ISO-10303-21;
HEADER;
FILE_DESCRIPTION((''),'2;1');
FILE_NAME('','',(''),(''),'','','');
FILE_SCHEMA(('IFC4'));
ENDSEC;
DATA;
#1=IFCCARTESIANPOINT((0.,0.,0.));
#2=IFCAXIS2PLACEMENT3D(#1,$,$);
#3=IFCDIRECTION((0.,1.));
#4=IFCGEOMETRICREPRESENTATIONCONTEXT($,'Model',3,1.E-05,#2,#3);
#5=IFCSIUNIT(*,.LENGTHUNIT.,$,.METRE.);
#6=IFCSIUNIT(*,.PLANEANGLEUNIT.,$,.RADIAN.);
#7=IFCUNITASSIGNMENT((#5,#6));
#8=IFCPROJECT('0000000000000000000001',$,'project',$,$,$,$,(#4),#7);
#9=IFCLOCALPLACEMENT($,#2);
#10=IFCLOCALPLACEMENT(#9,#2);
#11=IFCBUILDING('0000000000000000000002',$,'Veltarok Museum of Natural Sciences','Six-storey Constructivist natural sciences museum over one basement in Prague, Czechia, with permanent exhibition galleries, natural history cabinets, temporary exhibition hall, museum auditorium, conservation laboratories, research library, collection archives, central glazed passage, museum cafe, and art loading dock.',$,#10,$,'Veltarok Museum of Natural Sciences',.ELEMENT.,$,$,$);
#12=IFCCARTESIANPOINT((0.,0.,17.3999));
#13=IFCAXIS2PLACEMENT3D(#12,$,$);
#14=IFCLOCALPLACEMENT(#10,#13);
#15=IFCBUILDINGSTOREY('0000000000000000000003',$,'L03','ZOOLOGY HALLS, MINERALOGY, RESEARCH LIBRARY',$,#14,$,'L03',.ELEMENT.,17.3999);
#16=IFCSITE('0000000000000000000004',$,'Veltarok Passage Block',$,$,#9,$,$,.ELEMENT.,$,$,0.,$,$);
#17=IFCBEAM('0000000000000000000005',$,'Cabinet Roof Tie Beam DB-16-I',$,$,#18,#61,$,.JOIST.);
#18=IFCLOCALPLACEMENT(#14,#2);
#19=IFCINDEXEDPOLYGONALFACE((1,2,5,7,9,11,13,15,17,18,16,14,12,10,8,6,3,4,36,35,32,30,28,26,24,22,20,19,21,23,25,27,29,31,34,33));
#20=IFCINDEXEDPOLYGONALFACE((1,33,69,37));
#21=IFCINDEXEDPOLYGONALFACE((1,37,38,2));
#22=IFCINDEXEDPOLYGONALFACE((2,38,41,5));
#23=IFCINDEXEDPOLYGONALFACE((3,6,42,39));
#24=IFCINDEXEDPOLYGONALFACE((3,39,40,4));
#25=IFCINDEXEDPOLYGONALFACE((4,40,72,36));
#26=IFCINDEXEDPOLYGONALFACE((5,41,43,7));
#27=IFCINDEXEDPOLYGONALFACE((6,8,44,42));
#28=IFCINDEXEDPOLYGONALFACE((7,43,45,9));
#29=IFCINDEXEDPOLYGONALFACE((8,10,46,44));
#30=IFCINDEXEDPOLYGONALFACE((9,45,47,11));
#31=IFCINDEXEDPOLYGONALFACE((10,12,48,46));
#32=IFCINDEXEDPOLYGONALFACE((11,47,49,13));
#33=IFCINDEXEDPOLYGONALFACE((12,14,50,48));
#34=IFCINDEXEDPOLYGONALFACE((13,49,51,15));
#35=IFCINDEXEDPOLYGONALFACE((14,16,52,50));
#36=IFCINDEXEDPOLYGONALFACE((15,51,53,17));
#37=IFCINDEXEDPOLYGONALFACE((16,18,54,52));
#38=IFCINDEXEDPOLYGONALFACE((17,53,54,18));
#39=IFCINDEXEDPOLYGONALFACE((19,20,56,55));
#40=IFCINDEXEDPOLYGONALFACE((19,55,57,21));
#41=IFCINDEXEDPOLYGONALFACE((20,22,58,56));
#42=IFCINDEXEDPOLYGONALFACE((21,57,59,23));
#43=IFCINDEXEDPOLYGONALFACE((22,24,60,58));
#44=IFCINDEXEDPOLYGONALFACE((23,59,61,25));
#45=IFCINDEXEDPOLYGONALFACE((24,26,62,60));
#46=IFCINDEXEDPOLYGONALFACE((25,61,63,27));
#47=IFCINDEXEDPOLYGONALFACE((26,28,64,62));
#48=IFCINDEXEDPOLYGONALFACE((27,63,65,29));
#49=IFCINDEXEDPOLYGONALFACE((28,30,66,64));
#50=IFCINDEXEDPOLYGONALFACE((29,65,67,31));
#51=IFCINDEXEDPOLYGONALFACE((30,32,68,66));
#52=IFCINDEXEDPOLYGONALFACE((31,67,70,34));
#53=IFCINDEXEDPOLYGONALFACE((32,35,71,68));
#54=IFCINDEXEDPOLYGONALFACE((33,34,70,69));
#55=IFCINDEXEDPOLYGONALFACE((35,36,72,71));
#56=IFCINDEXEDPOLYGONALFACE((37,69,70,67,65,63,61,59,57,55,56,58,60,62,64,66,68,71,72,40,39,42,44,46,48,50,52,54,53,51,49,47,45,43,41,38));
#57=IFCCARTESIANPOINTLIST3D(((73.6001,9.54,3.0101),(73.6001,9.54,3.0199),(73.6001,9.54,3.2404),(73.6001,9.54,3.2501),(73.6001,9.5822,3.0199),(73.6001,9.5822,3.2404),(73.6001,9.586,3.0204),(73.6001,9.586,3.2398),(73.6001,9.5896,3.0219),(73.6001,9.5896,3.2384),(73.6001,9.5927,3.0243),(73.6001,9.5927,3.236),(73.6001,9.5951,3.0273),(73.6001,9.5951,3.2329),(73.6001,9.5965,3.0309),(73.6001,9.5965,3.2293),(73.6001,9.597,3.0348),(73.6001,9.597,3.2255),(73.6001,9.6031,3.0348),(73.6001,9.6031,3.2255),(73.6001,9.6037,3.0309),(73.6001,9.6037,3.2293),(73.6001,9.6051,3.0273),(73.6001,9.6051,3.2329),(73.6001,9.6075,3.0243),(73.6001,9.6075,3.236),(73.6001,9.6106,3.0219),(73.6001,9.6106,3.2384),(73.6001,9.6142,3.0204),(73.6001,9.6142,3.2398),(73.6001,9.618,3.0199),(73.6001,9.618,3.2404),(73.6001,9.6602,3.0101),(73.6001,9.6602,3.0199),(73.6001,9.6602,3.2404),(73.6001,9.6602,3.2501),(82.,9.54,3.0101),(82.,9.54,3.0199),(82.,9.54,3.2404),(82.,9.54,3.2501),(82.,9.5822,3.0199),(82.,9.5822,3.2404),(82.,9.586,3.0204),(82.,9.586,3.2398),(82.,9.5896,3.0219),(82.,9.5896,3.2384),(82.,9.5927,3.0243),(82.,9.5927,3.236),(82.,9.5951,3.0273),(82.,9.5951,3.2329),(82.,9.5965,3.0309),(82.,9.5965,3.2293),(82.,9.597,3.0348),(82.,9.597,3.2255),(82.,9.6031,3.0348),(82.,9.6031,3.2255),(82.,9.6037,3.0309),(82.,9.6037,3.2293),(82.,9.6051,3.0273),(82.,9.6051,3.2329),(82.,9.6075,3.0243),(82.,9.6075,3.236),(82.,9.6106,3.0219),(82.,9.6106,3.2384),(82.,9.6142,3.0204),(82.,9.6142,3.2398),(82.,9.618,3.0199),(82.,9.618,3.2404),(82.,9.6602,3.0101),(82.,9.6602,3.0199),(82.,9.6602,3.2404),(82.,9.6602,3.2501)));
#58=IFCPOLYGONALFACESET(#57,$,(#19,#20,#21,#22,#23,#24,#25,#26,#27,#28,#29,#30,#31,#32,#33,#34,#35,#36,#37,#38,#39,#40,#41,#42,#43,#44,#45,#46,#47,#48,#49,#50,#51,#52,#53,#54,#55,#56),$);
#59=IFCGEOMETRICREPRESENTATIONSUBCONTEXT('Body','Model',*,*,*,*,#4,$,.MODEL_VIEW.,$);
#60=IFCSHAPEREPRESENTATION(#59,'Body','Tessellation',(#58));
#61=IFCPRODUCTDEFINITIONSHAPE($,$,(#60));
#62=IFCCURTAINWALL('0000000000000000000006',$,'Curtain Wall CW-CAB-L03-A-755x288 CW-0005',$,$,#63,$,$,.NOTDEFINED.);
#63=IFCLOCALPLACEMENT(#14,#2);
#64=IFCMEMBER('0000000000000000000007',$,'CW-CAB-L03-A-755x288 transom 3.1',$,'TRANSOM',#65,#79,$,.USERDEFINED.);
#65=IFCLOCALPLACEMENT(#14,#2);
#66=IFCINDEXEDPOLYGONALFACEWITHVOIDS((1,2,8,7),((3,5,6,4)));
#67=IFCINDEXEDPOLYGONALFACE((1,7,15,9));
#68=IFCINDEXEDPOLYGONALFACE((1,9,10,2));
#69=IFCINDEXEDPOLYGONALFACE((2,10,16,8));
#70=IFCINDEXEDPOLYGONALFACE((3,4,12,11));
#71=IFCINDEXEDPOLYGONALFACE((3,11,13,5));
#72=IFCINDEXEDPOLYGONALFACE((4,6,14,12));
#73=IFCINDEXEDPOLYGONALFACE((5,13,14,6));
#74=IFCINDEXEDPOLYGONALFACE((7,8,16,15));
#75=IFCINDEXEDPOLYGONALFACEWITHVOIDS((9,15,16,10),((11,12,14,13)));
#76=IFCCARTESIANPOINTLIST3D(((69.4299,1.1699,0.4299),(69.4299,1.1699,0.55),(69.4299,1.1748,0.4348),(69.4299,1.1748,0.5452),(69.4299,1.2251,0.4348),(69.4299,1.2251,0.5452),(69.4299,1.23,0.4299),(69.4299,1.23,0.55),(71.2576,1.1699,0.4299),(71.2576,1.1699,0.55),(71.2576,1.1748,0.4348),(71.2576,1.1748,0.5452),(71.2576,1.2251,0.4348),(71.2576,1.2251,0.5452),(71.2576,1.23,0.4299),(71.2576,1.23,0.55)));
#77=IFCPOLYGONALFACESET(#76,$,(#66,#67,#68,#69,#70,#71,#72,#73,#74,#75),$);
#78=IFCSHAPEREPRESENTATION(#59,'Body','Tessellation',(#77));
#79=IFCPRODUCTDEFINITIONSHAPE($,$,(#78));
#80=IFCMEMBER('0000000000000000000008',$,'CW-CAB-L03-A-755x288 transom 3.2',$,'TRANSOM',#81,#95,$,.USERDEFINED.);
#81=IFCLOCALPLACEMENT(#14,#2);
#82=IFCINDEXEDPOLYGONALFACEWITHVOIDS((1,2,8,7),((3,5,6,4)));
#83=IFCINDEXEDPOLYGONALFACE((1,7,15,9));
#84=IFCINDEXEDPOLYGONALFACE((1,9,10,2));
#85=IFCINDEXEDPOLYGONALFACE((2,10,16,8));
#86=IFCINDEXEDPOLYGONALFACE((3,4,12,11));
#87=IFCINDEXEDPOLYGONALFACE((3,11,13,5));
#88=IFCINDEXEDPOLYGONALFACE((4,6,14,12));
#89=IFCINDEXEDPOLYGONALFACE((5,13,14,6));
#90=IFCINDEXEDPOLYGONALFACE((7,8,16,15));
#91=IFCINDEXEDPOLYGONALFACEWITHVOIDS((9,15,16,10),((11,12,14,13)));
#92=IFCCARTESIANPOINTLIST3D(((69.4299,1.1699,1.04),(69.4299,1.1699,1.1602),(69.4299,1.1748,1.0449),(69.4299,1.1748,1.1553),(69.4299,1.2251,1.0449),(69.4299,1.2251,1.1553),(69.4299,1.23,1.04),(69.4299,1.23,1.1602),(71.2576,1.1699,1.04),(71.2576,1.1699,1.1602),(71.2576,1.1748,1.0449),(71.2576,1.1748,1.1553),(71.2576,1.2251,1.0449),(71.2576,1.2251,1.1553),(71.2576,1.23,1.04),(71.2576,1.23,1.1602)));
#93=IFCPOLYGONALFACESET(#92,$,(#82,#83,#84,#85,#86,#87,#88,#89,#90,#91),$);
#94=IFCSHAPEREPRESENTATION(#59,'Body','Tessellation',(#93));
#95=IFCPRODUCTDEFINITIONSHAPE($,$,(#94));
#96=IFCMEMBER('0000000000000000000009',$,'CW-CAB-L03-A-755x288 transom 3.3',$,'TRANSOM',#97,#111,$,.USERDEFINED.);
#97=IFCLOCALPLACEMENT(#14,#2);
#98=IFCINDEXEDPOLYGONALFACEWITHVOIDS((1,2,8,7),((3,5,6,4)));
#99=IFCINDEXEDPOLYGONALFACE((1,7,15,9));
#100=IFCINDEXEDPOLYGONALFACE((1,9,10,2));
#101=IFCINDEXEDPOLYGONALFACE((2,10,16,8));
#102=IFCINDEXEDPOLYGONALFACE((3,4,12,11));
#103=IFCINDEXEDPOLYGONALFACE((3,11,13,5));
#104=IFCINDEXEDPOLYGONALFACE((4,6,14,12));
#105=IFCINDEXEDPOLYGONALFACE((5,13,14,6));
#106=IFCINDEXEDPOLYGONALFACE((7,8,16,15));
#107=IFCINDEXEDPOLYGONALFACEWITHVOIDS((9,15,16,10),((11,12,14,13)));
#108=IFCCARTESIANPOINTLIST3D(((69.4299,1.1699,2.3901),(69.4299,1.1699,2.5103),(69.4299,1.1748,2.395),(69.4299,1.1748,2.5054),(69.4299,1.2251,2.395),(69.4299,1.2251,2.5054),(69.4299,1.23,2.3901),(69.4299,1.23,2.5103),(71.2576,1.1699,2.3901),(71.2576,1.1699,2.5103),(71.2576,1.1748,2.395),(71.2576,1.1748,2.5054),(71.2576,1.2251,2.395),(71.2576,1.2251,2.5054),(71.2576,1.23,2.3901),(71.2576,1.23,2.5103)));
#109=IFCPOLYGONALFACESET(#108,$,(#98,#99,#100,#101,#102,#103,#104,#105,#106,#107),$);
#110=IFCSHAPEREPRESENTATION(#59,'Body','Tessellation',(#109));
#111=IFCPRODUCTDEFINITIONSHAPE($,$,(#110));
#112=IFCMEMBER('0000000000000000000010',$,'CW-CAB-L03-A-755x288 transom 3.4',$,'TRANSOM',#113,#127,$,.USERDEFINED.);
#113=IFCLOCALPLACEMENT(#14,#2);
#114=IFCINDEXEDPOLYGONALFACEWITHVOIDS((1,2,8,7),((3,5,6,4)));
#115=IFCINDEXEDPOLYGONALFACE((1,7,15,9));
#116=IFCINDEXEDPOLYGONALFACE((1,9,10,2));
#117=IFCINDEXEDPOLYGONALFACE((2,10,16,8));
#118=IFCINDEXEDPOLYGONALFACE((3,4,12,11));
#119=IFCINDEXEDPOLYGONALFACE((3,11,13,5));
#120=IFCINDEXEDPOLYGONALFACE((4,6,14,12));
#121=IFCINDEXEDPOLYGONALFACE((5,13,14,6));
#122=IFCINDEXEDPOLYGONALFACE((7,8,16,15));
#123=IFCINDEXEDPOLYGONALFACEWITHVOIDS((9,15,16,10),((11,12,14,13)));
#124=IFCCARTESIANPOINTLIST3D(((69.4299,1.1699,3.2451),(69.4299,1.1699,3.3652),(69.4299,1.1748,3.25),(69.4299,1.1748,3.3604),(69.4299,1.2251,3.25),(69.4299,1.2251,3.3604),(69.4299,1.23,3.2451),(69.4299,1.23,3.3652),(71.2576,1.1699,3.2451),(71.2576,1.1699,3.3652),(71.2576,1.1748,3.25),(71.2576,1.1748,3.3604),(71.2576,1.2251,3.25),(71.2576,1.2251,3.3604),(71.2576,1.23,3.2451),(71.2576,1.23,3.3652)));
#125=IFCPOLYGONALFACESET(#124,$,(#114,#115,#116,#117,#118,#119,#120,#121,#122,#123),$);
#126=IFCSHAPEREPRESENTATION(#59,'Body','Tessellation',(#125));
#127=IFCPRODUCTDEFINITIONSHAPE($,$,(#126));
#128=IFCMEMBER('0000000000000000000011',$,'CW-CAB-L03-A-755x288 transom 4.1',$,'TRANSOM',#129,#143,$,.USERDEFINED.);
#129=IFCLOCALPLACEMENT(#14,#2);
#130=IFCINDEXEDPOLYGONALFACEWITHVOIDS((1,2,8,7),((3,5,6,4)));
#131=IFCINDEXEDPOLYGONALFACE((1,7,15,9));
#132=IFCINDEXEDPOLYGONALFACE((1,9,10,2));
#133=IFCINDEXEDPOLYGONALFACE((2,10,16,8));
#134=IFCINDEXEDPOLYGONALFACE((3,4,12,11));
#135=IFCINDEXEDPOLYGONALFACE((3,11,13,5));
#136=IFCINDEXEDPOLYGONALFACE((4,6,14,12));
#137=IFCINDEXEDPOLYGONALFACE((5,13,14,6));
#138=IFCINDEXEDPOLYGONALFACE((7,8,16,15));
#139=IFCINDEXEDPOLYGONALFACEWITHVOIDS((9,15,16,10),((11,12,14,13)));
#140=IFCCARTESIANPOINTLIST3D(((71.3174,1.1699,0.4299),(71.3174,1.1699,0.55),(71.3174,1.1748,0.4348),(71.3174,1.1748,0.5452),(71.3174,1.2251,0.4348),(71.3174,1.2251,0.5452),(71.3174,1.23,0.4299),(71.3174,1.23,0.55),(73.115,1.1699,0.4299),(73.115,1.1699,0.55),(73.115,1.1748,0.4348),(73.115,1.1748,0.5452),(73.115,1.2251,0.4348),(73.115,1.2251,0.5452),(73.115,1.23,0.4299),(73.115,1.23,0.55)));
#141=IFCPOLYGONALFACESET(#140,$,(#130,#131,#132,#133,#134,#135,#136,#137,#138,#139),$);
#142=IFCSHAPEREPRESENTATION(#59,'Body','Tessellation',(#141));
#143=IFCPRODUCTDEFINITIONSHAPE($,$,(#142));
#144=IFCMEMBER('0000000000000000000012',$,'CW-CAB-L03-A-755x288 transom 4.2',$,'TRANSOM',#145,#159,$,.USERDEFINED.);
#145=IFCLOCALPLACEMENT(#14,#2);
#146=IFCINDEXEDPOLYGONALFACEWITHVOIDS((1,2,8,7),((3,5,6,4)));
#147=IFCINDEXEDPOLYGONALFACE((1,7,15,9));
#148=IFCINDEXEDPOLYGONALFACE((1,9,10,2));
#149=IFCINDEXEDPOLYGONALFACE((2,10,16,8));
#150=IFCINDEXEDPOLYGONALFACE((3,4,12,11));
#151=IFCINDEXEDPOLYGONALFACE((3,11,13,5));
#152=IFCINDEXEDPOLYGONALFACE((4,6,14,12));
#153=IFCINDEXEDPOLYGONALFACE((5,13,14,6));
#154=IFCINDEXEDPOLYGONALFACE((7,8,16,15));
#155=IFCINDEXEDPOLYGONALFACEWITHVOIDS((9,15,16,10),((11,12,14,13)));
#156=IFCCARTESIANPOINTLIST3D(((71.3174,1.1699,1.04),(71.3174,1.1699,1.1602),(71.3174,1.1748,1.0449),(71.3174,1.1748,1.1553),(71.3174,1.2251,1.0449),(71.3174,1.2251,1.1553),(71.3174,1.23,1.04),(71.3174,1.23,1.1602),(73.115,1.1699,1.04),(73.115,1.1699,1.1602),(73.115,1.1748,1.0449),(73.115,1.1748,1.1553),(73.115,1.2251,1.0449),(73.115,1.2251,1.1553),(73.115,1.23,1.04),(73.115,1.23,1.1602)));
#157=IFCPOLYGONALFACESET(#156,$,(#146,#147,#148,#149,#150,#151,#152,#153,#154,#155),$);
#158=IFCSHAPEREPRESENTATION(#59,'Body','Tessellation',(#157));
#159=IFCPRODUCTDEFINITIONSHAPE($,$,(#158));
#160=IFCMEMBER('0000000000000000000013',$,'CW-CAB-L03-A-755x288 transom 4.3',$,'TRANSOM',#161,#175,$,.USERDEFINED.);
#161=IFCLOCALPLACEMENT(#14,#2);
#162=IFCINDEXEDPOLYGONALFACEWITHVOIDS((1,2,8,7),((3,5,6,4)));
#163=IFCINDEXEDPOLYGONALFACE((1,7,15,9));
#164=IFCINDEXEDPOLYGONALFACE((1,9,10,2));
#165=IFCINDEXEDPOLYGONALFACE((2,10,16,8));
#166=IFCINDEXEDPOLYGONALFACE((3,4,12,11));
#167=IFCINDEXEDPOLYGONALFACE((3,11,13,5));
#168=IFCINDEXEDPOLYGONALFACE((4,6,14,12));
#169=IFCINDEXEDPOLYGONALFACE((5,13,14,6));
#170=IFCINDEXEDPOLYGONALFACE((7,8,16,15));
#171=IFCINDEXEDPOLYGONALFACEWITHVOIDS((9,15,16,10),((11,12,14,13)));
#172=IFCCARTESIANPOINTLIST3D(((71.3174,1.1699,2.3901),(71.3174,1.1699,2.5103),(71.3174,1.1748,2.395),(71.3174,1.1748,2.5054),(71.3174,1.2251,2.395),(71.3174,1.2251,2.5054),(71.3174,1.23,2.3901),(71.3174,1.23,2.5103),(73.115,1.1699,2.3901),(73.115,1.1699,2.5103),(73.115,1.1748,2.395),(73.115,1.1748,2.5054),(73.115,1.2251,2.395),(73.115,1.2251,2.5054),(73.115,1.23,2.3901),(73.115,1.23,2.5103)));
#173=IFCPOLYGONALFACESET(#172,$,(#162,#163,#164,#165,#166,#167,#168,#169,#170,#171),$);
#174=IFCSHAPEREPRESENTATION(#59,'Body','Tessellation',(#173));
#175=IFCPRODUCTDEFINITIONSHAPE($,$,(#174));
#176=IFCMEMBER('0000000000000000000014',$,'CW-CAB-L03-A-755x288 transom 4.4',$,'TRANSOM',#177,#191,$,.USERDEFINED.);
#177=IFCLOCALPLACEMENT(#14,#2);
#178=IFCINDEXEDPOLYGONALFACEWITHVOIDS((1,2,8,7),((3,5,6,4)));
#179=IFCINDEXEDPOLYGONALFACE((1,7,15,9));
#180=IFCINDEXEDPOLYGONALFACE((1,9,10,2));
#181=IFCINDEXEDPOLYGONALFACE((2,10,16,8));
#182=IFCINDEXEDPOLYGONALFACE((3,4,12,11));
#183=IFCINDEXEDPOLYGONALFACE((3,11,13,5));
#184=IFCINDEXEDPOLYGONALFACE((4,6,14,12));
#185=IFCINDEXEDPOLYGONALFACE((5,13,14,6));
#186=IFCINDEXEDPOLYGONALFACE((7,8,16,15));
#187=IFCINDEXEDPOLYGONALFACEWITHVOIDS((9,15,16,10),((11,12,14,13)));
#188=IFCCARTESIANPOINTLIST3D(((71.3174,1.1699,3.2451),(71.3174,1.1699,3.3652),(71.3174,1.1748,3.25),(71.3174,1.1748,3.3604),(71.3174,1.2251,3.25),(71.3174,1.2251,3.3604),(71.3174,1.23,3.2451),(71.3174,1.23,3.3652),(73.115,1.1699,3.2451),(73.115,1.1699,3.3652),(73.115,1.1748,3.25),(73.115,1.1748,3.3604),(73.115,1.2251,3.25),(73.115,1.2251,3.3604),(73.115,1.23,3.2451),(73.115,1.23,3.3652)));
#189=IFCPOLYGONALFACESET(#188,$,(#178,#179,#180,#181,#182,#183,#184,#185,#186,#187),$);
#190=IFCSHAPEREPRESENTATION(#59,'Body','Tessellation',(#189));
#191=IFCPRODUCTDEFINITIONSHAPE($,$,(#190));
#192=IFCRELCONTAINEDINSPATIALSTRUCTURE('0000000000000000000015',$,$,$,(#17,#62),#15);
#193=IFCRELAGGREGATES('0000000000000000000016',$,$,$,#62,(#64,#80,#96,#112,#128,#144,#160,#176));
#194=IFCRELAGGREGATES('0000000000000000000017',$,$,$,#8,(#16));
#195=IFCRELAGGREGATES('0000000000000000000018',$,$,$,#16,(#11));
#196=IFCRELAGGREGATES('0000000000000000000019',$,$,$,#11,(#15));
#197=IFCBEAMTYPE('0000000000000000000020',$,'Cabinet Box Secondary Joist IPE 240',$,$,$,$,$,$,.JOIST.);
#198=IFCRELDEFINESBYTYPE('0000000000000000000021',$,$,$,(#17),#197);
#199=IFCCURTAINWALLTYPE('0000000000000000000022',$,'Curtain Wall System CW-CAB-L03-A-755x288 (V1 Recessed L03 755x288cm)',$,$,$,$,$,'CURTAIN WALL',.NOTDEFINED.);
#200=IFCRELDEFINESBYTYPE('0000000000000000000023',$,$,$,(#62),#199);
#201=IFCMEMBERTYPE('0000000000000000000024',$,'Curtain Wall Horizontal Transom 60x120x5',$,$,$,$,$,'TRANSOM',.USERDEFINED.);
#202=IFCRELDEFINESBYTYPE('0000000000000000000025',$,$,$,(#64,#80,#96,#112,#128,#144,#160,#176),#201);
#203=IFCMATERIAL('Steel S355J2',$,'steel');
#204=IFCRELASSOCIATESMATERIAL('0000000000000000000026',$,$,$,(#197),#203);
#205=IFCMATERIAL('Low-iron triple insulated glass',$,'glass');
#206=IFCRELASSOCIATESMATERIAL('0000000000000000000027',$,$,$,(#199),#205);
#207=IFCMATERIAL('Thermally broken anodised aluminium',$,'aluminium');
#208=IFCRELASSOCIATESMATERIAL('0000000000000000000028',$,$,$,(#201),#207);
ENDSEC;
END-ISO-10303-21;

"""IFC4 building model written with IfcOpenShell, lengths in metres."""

from ifc_helpers import new_model, si_unit, direction, frame, origin, origin_2d, place, context, subcontext, project, spatial, hollow_rectangle, i_section, extrude, material, material_profile, profile_set, type_object, element, aggregate, save


model = new_model("IFC4")

# Units and contexts
model_context = context("Model", 3, precision=1e-05, world=origin(), true_north=direction((0.0, 1.0)))
body_context = subcontext(model_context, "Body", "Model", "MODEL_VIEW")
ifc_project = project(units=[si_unit("LENGTHUNIT", "METRE"), si_unit("PLANEANGLEUNIT", "RADIAN")], contexts=[model_context])

# Site, building, storey
site_placement = place(None, origin())
site = spatial("IfcSite", under=ifc_project, at=site_placement, Name="Veltarok Passage Block", CompositionType="ELEMENT", RefElevation=0.0)
building_placement = place(site_placement, origin())
building = spatial("IfcBuilding", under=site, at=building_placement, Name="Veltarok Museum of Natural Sciences", Description="Six-storey Constructivist natural sciences museum over one basement in Prague, Czechia, with permanent exhibition galleries, natural history cabinets, temporary exhibition hall, museum auditorium, conservation laboratories, research library, collection archives, central glazed passage, museum cafe, and art loading dock.", LongName="Veltarok Museum of Natural Sciences", CompositionType="ELEMENT")
storey_placement = place(building_placement, frame((0.0, 0.0, 17.3999)))
storey = spatial("IfcBuildingStorey", under=building, at=storey_placement, Name="L03", Description="ZOOLOGY HALLS, MINERALOGY, RESEARCH LIBRARY", LongName="L03", CompositionType="ELEMENT", Elevation=17.3999)

# Shared definitions
ifc_material_1 = material(Name="Steel S355J2", Category="steel")

# Beam
ifc_material_profile_1 = material_profile(ifc_material_1, i_section(OverallWidth=0.1201, OverallDepth=0.24, WebThickness=0.0061, FlangeThickness=0.0098, FilletRadius=0.0149, at=origin_2d()), Name="IPE 240")
ifc_profile_set_1 = profile_set([ifc_material_profile_1], Name="Steel S355J2")
beam_type_1 = type_object("IfcBeamType", Name="Cabinet Box Secondary Joist IPE 240", PredefinedType="JOIST", material=ifc_profile_set_1)
for number, where, z_axis, x_axis, name in (
    (1, (73.6001, 9.6001, 3.1301), (1.0, 0.0, 0.0), (0.0, 1.0, 0.0), "Cabinet Roof Tie Beam DB-16-I"),
):
    element("IfcBeam", number, at=place(storey_placement, frame(where, z_axis=z_axis, x_axis=x_axis)), inside=storey, type_object=beam_type_1, Name=name, PredefinedType="JOIST", context=body_context, shape_type="SweptSolid", body=[
        extrude(i_section(OverallWidth=0.1201, OverallDepth=0.24, WebThickness=0.0061, FlangeThickness=0.0098, FilletRadius=0.0149, at=origin_2d()), origin(), (0.0, 0.0, 1.0), 8.3999),
    ])

# Curtain wall, members
ifc_material_2 = material(Name="Low-iron triple insulated glass", Category="glass")
curtain_wall_type = type_object("IfcCurtainWallType", Name="Curtain Wall System CW-CAB-L03-A-755x288 (V1 Recessed L03 755x288cm)", ElementType="CURTAIN WALL", PredefinedType="NOTDEFINED", material=ifc_material_2)
curtain_wall_placement = place(storey_placement, origin())
curtain_wall = element("IfcCurtainWall", 2, at=curtain_wall_placement, inside=storey, type_object=curtain_wall_type, Name="Curtain Wall CW-CAB-L03-A-755x288 CW-0005", PredefinedType="NOTDEFINED")
ifc_material_3 = material(Name="Thermally broken anodised aluminium", Category="aluminium")
ifc_material_profile_2 = material_profile(ifc_material_3, hollow_rectangle(XDim=0.0601, YDim=0.1201, WallThickness=0.0049, at=origin_2d()), Name="CW TRANSOM 60x120x5")
ifc_profile_set_2 = profile_set([ifc_material_profile_2], Name="Thermally broken anodised aluminium")
member_type_1 = type_object("IfcMemberType", Name="Curtain Wall Horizontal Transom 60x120x5", ElementType="TRANSOM", PredefinedType="USERDEFINED", material=ifc_profile_set_2)
member_1_placement = place(storey_placement, frame((69.4299, 1.2, 0.49), z_axis=(1.0, 0.0, 0.0), x_axis=(0.0, 1.0, 0.0)))
member_1 = element("IfcMember", 3, at=member_1_placement, type_object=member_type_1, Name="CW-CAB-L03-A-755x288 transom 3.1", ObjectType="TRANSOM", PredefinedType="USERDEFINED", context=body_context, shape_type="SweptSolid", body=[
    extrude(hollow_rectangle(XDim=0.0601, YDim=0.1201, WallThickness=0.0049, at=origin_2d()), origin(), (0.0, 0.0, 1.0), 1.8276),
])
member_2_placement = place(storey_placement, frame((69.4299, 1.2, 1.1001), z_axis=(1.0, 0.0, 0.0), x_axis=(0.0, 1.0, 0.0)))
member_2 = element("IfcMember", 4, at=member_2_placement, type_object=member_type_1, Name="CW-CAB-L03-A-755x288 transom 3.2", ObjectType="TRANSOM", PredefinedType="USERDEFINED", context=body_context, shape_type="SweptSolid", body=[
    extrude(hollow_rectangle(XDim=0.0601, YDim=0.1201, WallThickness=0.0049, at=origin_2d()), origin(), (0.0, 0.0, 1.0), 1.8276),
])
member_3_placement = place(storey_placement, frame((69.4299, 1.2, 2.4502), z_axis=(1.0, 0.0, 0.0), x_axis=(0.0, 1.0, 0.0)))
member_3 = element("IfcMember", 5, at=member_3_placement, type_object=member_type_1, Name="CW-CAB-L03-A-755x288 transom 3.3", ObjectType="TRANSOM", PredefinedType="USERDEFINED", context=body_context, shape_type="SweptSolid", body=[
    extrude(hollow_rectangle(XDim=0.0601, YDim=0.1201, WallThickness=0.0049, at=origin_2d()), origin(), (0.0, 0.0, 1.0), 1.8276),
])
member_4_placement = place(storey_placement, frame((69.4299, 1.2, 3.3052), z_axis=(1.0, 0.0, 0.0), x_axis=(0.0, 1.0, 0.0)))
member_4 = element("IfcMember", 6, at=member_4_placement, type_object=member_type_1, Name="CW-CAB-L03-A-755x288 transom 3.4", ObjectType="TRANSOM", PredefinedType="USERDEFINED", context=body_context, shape_type="SweptSolid", body=[
    extrude(hollow_rectangle(XDim=0.0601, YDim=0.1201, WallThickness=0.0049, at=origin_2d()), origin(), (0.0, 0.0, 1.0), 1.8276),
])
member_5_placement = place(storey_placement, frame((71.3174, 1.2, 0.49), z_axis=(1.0, 0.0, 0.0), x_axis=(0.0, 1.0, 0.0)))
member_5 = element("IfcMember", 7, at=member_5_placement, type_object=member_type_1, Name="CW-CAB-L03-A-755x288 transom 4.1", ObjectType="TRANSOM", PredefinedType="USERDEFINED", context=body_context, shape_type="SweptSolid", body=[
    extrude(hollow_rectangle(XDim=0.0601, YDim=0.1201, WallThickness=0.0049, at=origin_2d()), origin(), (0.0, 0.0, 1.0), 1.7976),
])
member_6_placement = place(storey_placement, frame((71.3174, 1.2, 1.1001), z_axis=(1.0, 0.0, 0.0), x_axis=(0.0, 1.0, 0.0)))
member_6 = element("IfcMember", 8, at=member_6_placement, type_object=member_type_1, Name="CW-CAB-L03-A-755x288 transom 4.2", ObjectType="TRANSOM", PredefinedType="USERDEFINED", context=body_context, shape_type="SweptSolid", body=[
    extrude(hollow_rectangle(XDim=0.0601, YDim=0.1201, WallThickness=0.0049, at=origin_2d()), origin(), (0.0, 0.0, 1.0), 1.7976),
])
member_7_placement = place(storey_placement, frame((71.3174, 1.2, 2.4502), z_axis=(1.0, 0.0, 0.0), x_axis=(0.0, 1.0, 0.0)))
member_7 = element("IfcMember", 9, at=member_7_placement, type_object=member_type_1, Name="CW-CAB-L03-A-755x288 transom 4.3", ObjectType="TRANSOM", PredefinedType="USERDEFINED", context=body_context, shape_type="SweptSolid", body=[
    extrude(hollow_rectangle(XDim=0.0601, YDim=0.1201, WallThickness=0.0049, at=origin_2d()), origin(), (0.0, 0.0, 1.0), 1.7976),
])
member_8_placement = place(storey_placement, frame((71.3174, 1.2, 3.3052), z_axis=(1.0, 0.0, 0.0), x_axis=(0.0, 1.0, 0.0)))
member_8 = element("IfcMember", 10, at=member_8_placement, type_object=member_type_1, Name="CW-CAB-L03-A-755x288 transom 4.4", ObjectType="TRANSOM", PredefinedType="USERDEFINED", context=body_context, shape_type="SweptSolid", body=[
    extrude(hollow_rectangle(XDim=0.0601, YDim=0.1201, WallThickness=0.0049, at=origin_2d()), origin(), (0.0, 0.0, 1.0), 1.7976),
])

aggregate(curtain_wall, [member_1, member_2, member_3, member_4, member_5, member_6, member_7, member_8])

save(model, "model.ifc")
